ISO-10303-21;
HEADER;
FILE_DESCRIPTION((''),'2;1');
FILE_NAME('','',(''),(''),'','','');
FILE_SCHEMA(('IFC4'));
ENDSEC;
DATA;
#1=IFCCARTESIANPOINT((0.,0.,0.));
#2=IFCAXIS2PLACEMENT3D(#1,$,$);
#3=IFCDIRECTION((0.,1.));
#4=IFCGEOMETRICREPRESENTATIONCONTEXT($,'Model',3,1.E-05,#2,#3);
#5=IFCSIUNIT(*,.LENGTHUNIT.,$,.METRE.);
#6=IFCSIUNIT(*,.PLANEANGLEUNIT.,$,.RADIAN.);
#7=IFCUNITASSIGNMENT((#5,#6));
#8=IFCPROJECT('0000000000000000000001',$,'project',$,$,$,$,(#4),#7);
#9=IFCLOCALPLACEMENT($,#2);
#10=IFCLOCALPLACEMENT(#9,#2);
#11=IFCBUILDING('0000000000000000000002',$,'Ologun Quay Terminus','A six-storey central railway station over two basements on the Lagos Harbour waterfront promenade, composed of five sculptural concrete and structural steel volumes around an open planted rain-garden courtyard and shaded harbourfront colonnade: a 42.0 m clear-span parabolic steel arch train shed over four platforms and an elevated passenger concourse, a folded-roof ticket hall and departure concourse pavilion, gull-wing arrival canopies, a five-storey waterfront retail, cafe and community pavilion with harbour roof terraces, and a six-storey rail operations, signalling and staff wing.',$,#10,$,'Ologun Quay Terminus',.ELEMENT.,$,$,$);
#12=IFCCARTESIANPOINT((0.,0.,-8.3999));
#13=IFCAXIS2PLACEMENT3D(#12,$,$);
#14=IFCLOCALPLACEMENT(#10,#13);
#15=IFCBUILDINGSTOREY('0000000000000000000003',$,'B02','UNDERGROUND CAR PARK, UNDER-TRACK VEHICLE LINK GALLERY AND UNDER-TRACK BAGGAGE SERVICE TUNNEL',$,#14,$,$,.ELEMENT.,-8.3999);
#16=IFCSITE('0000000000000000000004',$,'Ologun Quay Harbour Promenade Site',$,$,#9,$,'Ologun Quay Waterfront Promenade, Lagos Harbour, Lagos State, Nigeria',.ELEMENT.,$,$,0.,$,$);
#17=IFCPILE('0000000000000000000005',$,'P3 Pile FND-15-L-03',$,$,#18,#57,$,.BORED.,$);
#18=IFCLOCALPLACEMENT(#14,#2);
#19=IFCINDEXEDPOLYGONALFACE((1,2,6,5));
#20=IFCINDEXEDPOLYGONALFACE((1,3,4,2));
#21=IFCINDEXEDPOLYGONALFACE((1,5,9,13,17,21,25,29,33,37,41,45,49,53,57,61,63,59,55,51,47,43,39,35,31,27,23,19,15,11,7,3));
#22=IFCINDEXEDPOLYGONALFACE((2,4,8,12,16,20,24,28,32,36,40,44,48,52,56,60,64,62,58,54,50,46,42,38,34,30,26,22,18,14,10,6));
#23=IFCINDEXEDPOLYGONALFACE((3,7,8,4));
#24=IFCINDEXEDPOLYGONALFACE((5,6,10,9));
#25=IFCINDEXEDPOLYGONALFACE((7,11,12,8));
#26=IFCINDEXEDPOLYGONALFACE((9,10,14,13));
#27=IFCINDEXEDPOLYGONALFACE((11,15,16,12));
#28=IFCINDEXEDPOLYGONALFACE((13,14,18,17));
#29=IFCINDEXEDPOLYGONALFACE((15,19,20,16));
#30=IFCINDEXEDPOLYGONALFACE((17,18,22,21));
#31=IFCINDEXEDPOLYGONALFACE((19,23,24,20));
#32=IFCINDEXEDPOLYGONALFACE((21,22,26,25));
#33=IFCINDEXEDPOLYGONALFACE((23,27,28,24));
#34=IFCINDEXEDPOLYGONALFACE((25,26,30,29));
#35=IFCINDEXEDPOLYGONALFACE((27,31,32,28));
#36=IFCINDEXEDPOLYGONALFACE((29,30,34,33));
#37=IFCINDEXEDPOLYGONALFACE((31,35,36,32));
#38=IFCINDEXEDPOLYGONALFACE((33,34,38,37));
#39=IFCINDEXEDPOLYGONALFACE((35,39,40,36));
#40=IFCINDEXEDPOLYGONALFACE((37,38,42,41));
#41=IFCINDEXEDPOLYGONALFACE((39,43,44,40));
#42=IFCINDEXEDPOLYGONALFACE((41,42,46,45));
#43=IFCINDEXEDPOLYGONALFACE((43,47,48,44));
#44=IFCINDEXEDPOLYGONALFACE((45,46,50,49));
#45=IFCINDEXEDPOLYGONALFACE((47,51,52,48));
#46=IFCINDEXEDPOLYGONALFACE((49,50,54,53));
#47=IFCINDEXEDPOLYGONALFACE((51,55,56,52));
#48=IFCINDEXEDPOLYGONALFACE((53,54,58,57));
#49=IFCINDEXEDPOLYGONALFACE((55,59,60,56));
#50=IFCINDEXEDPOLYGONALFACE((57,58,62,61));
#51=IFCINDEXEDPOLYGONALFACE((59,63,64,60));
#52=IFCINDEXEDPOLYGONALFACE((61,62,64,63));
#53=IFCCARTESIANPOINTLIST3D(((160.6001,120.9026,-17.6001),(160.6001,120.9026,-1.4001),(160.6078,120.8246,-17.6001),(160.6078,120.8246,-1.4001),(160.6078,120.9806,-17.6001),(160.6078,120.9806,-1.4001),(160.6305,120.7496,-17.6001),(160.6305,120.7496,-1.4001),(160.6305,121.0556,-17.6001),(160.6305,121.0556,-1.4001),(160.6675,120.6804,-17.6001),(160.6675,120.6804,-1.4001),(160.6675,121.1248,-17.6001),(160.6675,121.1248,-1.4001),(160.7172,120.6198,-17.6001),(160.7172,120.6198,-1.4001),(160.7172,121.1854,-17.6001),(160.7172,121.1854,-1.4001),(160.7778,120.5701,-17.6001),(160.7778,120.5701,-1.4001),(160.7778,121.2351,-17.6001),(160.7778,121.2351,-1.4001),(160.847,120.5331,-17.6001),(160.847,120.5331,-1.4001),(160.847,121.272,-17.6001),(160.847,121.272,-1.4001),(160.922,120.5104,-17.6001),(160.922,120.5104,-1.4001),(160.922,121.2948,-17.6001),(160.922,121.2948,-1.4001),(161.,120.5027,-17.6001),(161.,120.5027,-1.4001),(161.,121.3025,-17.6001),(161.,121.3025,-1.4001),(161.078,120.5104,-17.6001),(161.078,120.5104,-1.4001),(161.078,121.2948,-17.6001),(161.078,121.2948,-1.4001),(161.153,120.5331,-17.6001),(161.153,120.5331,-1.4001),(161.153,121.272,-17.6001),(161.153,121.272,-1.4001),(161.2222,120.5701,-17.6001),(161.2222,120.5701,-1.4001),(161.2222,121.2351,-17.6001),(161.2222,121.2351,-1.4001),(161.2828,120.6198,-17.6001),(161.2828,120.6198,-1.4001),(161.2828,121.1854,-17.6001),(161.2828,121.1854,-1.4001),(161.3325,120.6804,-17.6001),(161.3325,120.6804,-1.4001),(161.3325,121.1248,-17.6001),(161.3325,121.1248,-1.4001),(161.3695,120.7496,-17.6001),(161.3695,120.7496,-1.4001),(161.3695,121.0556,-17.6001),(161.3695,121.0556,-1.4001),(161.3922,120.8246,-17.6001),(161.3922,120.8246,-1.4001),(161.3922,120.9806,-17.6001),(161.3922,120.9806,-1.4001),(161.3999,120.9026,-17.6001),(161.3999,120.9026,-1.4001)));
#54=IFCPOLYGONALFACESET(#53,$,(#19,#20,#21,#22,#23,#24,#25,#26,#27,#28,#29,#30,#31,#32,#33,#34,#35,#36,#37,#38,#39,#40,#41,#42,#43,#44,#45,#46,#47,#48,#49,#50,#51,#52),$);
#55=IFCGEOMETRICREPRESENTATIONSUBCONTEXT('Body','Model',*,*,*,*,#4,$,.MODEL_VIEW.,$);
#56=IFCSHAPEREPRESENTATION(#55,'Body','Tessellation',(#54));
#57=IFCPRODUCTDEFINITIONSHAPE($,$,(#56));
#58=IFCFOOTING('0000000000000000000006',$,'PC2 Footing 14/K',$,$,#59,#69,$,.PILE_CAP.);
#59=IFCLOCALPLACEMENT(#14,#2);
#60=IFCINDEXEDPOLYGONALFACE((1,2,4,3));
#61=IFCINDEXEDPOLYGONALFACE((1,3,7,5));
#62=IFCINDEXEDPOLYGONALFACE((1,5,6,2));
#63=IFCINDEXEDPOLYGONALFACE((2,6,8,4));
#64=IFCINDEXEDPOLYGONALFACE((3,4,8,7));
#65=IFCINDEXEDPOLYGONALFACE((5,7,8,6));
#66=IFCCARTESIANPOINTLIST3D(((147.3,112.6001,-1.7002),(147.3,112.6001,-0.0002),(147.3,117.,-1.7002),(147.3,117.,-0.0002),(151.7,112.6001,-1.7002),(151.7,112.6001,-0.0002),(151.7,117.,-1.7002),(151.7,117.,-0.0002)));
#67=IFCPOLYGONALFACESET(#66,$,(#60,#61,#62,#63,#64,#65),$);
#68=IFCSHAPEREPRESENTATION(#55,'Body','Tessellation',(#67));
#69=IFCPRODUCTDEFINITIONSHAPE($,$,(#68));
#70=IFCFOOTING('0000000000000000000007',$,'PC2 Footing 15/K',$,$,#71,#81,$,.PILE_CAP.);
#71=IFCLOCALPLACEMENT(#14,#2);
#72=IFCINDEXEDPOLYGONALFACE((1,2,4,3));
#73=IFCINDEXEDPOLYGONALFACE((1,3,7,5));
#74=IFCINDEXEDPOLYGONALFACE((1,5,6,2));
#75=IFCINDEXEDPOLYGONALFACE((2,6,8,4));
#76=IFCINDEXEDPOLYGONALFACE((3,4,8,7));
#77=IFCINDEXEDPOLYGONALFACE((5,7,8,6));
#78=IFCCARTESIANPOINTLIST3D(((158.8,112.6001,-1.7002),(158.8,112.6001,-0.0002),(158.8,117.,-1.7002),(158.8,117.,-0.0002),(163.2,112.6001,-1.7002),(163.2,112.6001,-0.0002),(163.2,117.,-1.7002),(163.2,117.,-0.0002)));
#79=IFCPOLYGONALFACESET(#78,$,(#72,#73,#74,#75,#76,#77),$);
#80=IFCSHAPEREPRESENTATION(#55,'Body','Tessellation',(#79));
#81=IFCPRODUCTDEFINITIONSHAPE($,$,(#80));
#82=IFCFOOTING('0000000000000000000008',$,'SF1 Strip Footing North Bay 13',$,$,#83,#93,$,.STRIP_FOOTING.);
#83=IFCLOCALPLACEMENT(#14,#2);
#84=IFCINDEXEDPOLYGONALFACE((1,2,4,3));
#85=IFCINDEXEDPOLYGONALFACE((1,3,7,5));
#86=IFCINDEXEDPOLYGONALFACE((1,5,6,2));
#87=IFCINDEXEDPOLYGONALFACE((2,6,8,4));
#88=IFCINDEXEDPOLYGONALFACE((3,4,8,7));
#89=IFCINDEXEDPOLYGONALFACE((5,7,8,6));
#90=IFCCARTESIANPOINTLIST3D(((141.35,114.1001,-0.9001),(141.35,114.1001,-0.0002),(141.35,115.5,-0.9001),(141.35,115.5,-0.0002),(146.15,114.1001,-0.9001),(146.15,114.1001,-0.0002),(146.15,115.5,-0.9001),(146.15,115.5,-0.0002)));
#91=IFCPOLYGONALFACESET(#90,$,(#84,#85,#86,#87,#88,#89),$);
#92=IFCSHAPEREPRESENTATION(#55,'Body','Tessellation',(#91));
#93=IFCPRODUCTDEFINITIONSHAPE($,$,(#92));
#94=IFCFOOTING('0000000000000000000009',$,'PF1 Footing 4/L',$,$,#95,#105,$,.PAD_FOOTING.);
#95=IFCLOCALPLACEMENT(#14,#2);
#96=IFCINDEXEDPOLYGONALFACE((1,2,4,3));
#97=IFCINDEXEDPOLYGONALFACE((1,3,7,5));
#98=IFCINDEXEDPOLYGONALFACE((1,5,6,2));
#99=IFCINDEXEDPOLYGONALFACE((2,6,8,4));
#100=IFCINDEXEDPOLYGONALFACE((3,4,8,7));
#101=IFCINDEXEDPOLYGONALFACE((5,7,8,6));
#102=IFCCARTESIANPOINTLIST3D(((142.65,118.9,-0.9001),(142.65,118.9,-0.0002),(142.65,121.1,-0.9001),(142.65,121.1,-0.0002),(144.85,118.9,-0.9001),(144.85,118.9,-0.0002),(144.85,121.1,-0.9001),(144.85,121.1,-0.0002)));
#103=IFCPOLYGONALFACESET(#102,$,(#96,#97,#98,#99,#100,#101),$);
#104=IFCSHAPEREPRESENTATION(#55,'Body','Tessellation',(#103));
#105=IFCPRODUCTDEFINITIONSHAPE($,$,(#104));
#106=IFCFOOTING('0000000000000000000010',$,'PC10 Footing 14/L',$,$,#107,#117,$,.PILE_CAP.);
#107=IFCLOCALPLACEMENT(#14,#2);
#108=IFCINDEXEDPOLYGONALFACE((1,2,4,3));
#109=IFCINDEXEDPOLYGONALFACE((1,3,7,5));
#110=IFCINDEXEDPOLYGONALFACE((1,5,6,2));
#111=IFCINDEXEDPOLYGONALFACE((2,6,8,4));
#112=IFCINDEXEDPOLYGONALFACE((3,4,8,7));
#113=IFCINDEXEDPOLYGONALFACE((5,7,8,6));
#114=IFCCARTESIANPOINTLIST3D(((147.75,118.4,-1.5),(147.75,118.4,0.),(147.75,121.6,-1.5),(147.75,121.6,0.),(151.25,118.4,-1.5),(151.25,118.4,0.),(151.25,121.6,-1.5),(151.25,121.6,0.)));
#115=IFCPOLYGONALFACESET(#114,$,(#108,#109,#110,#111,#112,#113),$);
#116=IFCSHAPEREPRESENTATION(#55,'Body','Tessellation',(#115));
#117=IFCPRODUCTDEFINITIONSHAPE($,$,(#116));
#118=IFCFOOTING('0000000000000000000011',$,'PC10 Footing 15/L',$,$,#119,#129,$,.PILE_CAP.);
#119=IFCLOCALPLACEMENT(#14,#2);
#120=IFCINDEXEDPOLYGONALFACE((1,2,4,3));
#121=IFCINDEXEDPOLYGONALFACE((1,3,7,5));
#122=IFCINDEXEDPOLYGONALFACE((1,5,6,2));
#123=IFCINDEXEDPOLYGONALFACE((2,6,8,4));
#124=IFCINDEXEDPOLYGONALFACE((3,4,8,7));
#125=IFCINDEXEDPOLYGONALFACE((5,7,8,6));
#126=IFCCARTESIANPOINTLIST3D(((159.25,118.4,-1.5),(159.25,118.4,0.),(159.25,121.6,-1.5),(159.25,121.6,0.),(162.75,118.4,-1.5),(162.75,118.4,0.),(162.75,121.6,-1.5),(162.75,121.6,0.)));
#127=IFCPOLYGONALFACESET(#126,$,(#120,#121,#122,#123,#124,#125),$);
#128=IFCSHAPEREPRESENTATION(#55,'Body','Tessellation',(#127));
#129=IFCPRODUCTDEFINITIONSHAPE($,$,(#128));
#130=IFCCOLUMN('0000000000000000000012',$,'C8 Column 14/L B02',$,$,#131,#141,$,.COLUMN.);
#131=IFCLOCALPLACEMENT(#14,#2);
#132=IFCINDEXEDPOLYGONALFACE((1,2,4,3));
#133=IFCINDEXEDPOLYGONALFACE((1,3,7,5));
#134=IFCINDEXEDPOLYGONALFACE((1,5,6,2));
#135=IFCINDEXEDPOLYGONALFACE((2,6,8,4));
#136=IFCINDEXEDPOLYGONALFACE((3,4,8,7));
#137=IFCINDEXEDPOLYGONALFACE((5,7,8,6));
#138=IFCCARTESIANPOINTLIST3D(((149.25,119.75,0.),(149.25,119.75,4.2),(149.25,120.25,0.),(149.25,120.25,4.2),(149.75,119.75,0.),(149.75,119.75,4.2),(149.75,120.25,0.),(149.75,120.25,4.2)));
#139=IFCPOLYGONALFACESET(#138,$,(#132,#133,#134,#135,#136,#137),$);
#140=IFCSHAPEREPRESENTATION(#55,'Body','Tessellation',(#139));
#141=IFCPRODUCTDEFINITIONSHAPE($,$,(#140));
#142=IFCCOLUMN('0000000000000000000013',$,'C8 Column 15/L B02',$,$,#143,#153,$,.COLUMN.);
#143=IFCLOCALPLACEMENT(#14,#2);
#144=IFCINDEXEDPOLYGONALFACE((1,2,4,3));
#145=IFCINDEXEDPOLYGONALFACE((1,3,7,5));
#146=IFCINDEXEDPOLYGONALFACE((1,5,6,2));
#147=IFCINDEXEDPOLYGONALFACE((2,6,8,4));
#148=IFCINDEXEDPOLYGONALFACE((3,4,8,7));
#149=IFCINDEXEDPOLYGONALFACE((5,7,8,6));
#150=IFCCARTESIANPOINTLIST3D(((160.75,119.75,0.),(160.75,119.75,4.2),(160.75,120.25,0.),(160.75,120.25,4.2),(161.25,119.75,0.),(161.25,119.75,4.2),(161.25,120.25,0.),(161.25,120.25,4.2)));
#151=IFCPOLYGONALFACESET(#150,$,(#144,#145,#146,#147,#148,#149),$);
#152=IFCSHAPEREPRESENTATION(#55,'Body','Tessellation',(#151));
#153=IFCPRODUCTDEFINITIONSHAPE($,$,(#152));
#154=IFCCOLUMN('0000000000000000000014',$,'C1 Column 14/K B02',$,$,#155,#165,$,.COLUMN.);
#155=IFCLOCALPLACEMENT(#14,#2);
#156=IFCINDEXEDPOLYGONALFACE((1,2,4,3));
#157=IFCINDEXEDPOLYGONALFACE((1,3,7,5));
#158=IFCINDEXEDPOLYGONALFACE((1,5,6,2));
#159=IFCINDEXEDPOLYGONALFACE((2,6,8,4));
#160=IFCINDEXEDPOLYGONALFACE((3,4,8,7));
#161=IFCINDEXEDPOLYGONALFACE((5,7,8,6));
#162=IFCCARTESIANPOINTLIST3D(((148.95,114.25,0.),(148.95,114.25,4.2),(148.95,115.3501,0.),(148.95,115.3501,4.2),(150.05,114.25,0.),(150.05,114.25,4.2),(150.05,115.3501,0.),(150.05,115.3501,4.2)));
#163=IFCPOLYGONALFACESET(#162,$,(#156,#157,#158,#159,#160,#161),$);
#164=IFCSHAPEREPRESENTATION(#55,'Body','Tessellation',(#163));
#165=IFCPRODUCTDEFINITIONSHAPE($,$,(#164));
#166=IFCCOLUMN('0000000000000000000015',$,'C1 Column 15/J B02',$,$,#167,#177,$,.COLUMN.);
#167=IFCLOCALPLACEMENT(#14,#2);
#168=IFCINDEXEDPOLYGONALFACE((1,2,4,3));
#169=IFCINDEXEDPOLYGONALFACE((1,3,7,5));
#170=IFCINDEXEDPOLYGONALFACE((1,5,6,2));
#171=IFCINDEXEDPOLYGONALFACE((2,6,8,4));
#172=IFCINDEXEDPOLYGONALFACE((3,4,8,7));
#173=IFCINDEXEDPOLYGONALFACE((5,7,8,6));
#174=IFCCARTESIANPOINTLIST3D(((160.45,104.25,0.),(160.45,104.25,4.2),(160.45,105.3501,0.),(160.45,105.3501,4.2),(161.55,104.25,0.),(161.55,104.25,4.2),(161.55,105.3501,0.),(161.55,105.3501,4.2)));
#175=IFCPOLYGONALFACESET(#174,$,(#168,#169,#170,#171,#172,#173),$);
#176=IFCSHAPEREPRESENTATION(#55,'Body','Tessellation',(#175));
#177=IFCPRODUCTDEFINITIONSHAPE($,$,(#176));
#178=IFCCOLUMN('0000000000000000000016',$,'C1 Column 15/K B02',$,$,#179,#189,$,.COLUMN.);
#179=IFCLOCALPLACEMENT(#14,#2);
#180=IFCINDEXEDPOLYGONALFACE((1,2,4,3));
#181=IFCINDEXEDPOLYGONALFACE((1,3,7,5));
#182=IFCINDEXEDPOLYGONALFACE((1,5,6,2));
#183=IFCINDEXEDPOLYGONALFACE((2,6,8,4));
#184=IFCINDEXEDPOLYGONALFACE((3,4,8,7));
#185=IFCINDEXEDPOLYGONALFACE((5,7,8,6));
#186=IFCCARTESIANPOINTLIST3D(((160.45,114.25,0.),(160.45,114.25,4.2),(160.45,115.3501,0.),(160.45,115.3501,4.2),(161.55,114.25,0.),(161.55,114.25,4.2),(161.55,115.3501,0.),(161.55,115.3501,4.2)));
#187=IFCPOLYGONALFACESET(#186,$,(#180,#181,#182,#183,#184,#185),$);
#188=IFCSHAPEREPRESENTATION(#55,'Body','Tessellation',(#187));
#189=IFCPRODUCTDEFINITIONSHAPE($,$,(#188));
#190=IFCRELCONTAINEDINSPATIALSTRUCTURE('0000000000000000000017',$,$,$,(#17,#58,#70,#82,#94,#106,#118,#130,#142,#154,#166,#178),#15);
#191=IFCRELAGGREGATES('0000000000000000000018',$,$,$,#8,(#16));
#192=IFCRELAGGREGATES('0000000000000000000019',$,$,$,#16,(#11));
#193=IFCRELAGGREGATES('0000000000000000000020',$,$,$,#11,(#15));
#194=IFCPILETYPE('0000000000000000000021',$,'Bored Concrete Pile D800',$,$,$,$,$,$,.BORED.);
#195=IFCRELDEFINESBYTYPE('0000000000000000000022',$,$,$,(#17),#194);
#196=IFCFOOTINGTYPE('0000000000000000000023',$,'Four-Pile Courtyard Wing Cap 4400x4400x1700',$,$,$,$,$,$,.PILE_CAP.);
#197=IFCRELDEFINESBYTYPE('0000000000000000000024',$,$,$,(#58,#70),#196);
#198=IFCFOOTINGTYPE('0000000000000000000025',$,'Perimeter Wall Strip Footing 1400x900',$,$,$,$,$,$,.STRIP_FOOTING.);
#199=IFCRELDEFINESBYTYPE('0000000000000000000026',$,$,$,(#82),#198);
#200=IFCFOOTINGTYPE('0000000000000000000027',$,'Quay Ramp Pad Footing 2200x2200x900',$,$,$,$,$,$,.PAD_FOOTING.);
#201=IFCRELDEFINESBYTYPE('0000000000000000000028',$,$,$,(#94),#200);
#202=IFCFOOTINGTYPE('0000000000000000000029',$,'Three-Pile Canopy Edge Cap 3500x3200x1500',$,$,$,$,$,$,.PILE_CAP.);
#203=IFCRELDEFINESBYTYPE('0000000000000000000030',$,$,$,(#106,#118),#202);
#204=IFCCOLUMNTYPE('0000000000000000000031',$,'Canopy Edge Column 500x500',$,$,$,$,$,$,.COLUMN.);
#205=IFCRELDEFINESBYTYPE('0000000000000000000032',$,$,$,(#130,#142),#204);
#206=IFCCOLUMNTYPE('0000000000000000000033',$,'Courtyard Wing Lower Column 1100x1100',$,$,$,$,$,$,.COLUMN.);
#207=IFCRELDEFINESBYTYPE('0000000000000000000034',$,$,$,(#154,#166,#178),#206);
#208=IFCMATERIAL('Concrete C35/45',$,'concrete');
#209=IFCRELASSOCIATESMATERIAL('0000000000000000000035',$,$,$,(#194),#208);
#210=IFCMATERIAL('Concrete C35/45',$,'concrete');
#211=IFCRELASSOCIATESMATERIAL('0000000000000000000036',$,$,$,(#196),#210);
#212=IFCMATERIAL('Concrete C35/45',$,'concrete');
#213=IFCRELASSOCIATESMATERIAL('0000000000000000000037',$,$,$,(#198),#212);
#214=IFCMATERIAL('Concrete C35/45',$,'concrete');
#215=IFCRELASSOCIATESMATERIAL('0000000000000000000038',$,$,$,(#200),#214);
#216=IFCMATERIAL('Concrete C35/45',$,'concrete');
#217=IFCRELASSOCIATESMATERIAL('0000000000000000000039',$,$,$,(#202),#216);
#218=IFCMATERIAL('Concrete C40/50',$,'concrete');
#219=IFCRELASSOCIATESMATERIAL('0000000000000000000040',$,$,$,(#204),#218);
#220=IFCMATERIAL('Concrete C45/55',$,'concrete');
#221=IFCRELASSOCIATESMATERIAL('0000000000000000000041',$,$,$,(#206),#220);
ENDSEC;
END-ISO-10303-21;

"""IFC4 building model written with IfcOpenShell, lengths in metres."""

from ifc_helpers import new_model, si_unit, direction, frame, origin, origin_2d, place, context, subcontext, project, spatial, rectangle, circle, extrude, material, material_profile, profile_set, type_object, element, save


model = new_model("IFC4")

# Units and contexts
model_context = context("Model", 3, precision=1e-05, world=origin(), true_north=direction((0.0, 1.0)))
body_context = subcontext(model_context, "Body", "Model", "MODEL_VIEW")
ifc_project = project(units=[si_unit("LENGTHUNIT", "METRE"), si_unit("PLANEANGLEUNIT", "RADIAN")], contexts=[model_context])

# Site, building, storey
site_placement = place(None, origin())
site = spatial("IfcSite", under=ifc_project, at=site_placement, Name="Ologun Quay Harbour Promenade Site", LongName="Ologun Quay Waterfront Promenade, Lagos Harbour, Lagos State, Nigeria", CompositionType="ELEMENT", RefElevation=0.0)
building_placement = place(site_placement, origin())
building = spatial("IfcBuilding", under=site, at=building_placement, Name="Ologun Quay Terminus", Description="A six-storey central railway station over two basements on the Lagos Harbour waterfront promenade, composed of five sculptural concrete and structural steel volumes around an open planted rain-garden courtyard and shaded harbourfront colonnade: a 42.0 m clear-span parabolic steel arch train shed over four platforms and an elevated passenger concourse, a folded-roof ticket hall and departure concourse pavilion, gull-wing arrival canopies, a five-storey waterfront retail, cafe and community pavilion with harbour roof terraces, and a six-storey rail operations, signalling and staff wing.", LongName="Ologun Quay Terminus", CompositionType="ELEMENT")
storey_placement = place(building_placement, frame((0.0, 0.0, -8.3999)))
storey = spatial("IfcBuildingStorey", under=building, at=storey_placement, Name="B02", Description="UNDERGROUND CAR PARK, UNDER-TRACK VEHICLE LINK GALLERY AND UNDER-TRACK BAGGAGE SERVICE TUNNEL", CompositionType="ELEMENT", Elevation=-8.3999)

# Pile
ifc_material_1 = material(Name="Concrete C35/45", Category="concrete")
ifc_material_profile_1 = material_profile(ifc_material_1, circle(Radius=0.3999, at=origin_2d()), Name="PILE D800")
ifc_profile_set_1 = profile_set([ifc_material_profile_1], Name="Concrete C35/45")
pile_type_1 = type_object("IfcPileType", Name="Bored Concrete Pile D800", PredefinedType="BORED", material=ifc_profile_set_1)
for number, where, z_axis, x_axis, name in (
    (1, (161.0, 120.9026, -1.4001), (0.0, 0.0, -1.0), (1.0, 0.0, 0.0), "P3 Pile FND-15-L-03"),
):
    element("IfcPile", number, at=place(storey_placement, frame(where, z_axis=z_axis, x_axis=x_axis)), inside=storey, type_object=pile_type_1, Name=name, PredefinedType="BORED", context=body_context, shape_type="SweptSolid", body=[
        extrude(circle(Radius=0.3999, at=origin_2d()), origin(), (0.0, 0.0, 1.0), 16.2),
    ])

# Footings
ifc_material_2 = material(Name="Concrete C35/45", Category="concrete")
footing_type_1 = type_object("IfcFootingType", Name="Four-Pile Courtyard Wing Cap 4400x4400x1700", PredefinedType="PILE_CAP", material=ifc_material_2)
for number, where, z_axis, x_axis, name in (
    (2, (149.5, 114.8, -1.7002), (0.0, 0.0, 1.0), (1.0, 0.0, 0.0), "PC2 Footing 14/K"),
    (3, (161.0, 114.8, -1.7002), (0.0, 0.0, 1.0), (1.0, 0.0, 0.0), "PC2 Footing 15/K"),
):
    element("IfcFooting", number, at=place(storey_placement, frame(where, z_axis=z_axis, x_axis=x_axis)), inside=storey, type_object=footing_type_1, Name=name, PredefinedType="PILE_CAP", context=body_context, shape_type="SweptSolid", body=[
        extrude(rectangle(XDim=4.3999, YDim=4.3999, at=origin_2d()), origin(), (0.0, 0.0, 1.0), 1.7),
    ])
ifc_material_3 = material(Name="Concrete C35/45", Category="concrete")
footing_type_2 = type_object("IfcFootingType", Name="Perimeter Wall Strip Footing 1400x900", PredefinedType="STRIP_FOOTING", material=ifc_material_3)
footing_1_placement = place(storey_placement, frame((143.75, 114.8, -0.9001), z_axis=(0.0, 0.0, 1.0), x_axis=(1.0, 0.0, 0.0)))
element("IfcFooting", 4, at=footing_1_placement, inside=storey, type_object=footing_type_2, Name="SF1 Strip Footing North Bay 13", PredefinedType="STRIP_FOOTING", context=body_context, shape_type="SweptSolid", body=[
    extrude(rectangle(XDim=4.8, YDim=1.3999, at=origin_2d()), origin(), (0.0, 0.0, 1.0), 0.8999),
])
ifc_material_4 = material(Name="Concrete C35/45", Category="concrete")
footing_type_3 = type_object("IfcFootingType", Name="Quay Ramp Pad Footing 2200x2200x900", PredefinedType="PAD_FOOTING", material=ifc_material_4)
footing_2_placement = place(storey_placement, frame((143.75, 120.0, -0.9001), z_axis=(0.0, 0.0, 1.0), x_axis=(1.0, 0.0, 0.0)))
element("IfcFooting", 5, at=footing_2_placement, inside=storey, type_object=footing_type_3, Name="PF1 Footing 4/L", PredefinedType="PAD_FOOTING", context=body_context, shape_type="SweptSolid", body=[
    extrude(rectangle(XDim=2.2, YDim=2.2, at=origin_2d()), origin(), (0.0, 0.0, 1.0), 0.8999),
])
ifc_material_5 = material(Name="Concrete C35/45", Category="concrete")
footing_type_4 = type_object("IfcFootingType", Name="Three-Pile Canopy Edge Cap 3500x3200x1500", PredefinedType="PILE_CAP", material=ifc_material_5)
for number, where, z_axis, x_axis, name in (
    (6, (149.5, 120.0, -1.5), (0.0, 0.0, 1.0), (1.0, 0.0, 0.0), "PC10 Footing 14/L"),
    (7, (161.0, 120.0, -1.5), (0.0, 0.0, 1.0), (1.0, 0.0, 0.0), "PC10 Footing 15/L"),
):
    element("IfcFooting", number, at=place(storey_placement, frame(where, z_axis=z_axis, x_axis=x_axis)), inside=storey, type_object=footing_type_4, Name=name, PredefinedType="PILE_CAP", context=body_context, shape_type="SweptSolid", body=[
        extrude(rectangle(XDim=3.5, YDim=3.2, at=origin_2d()), origin(), (0.0, 0.0, 1.0), 1.5),
    ])

# Columns
ifc_material_6 = material(Name="Concrete C40/50", Category="concrete")
ifc_material_profile_2 = material_profile(ifc_material_6, rectangle(XDim=0.5, YDim=0.5, at=origin_2d()), Name="RC 500x500")
ifc_profile_set_2 = profile_set([ifc_material_profile_2], Name="Concrete C40/50")
column_type_1 = type_object("IfcColumnType", Name="Canopy Edge Column 500x500", PredefinedType="COLUMN", material=ifc_profile_set_2)
for number, where, z_axis, x_axis, name in (
    (8, (149.5, 120.0, 0.0), (0.0, 0.0, 1.0), (1.0, 0.0, 0.0), "C8 Column 14/L B02"),
    (9, (161.0, 120.0, 0.0), (0.0, 0.0, 1.0), (1.0, 0.0, 0.0), "C8 Column 15/L B02"),
):
    element("IfcColumn", number, at=place(storey_placement, frame(where, z_axis=z_axis, x_axis=x_axis)), inside=storey, type_object=column_type_1, Name=name, PredefinedType="COLUMN", context=body_context, shape_type="SweptSolid", body=[
        extrude(rectangle(XDim=0.5, YDim=0.5, at=origin_2d()), origin(), (0.0, 0.0, 1.0), 4.2),
    ])
ifc_material_7 = material(Name="Concrete C45/55", Category="concrete")
ifc_material_profile_3 = material_profile(ifc_material_7, rectangle(XDim=1.1001, YDim=1.1001, at=origin_2d()), Name="RC 1100x1100")
ifc_profile_set_3 = profile_set([ifc_material_profile_3], Name="Concrete C45/55")
column_type_2 = type_object("IfcColumnType", Name="Courtyard Wing Lower Column 1100x1100", PredefinedType="COLUMN", material=ifc_profile_set_3)
for number, where, z_axis, x_axis, name in (
    (10, (149.5, 114.8, 0.0), (0.0, 0.0, 1.0), (1.0, 0.0, 0.0), "C1 Column 14/K B02"),
    (11, (161.0, 104.8, 0.0), (0.0, 0.0, 1.0), (1.0, 0.0, 0.0), "C1 Column 15/J B02"),
    (12, (161.0, 114.8, 0.0), (0.0, 0.0, 1.0), (1.0, 0.0, 0.0), "C1 Column 15/K B02"),
):
    element("IfcColumn", number, at=place(storey_placement, frame(where, z_axis=z_axis, x_axis=x_axis)), inside=storey, type_object=column_type_2, Name=name, PredefinedType="COLUMN", context=body_context, shape_type="SweptSolid", body=[
        extrude(rectangle(XDim=1.1001, YDim=1.1001, at=origin_2d()), origin(), (0.0, 0.0, 1.0), 4.2),
    ])

save(model, "model.ifc")
